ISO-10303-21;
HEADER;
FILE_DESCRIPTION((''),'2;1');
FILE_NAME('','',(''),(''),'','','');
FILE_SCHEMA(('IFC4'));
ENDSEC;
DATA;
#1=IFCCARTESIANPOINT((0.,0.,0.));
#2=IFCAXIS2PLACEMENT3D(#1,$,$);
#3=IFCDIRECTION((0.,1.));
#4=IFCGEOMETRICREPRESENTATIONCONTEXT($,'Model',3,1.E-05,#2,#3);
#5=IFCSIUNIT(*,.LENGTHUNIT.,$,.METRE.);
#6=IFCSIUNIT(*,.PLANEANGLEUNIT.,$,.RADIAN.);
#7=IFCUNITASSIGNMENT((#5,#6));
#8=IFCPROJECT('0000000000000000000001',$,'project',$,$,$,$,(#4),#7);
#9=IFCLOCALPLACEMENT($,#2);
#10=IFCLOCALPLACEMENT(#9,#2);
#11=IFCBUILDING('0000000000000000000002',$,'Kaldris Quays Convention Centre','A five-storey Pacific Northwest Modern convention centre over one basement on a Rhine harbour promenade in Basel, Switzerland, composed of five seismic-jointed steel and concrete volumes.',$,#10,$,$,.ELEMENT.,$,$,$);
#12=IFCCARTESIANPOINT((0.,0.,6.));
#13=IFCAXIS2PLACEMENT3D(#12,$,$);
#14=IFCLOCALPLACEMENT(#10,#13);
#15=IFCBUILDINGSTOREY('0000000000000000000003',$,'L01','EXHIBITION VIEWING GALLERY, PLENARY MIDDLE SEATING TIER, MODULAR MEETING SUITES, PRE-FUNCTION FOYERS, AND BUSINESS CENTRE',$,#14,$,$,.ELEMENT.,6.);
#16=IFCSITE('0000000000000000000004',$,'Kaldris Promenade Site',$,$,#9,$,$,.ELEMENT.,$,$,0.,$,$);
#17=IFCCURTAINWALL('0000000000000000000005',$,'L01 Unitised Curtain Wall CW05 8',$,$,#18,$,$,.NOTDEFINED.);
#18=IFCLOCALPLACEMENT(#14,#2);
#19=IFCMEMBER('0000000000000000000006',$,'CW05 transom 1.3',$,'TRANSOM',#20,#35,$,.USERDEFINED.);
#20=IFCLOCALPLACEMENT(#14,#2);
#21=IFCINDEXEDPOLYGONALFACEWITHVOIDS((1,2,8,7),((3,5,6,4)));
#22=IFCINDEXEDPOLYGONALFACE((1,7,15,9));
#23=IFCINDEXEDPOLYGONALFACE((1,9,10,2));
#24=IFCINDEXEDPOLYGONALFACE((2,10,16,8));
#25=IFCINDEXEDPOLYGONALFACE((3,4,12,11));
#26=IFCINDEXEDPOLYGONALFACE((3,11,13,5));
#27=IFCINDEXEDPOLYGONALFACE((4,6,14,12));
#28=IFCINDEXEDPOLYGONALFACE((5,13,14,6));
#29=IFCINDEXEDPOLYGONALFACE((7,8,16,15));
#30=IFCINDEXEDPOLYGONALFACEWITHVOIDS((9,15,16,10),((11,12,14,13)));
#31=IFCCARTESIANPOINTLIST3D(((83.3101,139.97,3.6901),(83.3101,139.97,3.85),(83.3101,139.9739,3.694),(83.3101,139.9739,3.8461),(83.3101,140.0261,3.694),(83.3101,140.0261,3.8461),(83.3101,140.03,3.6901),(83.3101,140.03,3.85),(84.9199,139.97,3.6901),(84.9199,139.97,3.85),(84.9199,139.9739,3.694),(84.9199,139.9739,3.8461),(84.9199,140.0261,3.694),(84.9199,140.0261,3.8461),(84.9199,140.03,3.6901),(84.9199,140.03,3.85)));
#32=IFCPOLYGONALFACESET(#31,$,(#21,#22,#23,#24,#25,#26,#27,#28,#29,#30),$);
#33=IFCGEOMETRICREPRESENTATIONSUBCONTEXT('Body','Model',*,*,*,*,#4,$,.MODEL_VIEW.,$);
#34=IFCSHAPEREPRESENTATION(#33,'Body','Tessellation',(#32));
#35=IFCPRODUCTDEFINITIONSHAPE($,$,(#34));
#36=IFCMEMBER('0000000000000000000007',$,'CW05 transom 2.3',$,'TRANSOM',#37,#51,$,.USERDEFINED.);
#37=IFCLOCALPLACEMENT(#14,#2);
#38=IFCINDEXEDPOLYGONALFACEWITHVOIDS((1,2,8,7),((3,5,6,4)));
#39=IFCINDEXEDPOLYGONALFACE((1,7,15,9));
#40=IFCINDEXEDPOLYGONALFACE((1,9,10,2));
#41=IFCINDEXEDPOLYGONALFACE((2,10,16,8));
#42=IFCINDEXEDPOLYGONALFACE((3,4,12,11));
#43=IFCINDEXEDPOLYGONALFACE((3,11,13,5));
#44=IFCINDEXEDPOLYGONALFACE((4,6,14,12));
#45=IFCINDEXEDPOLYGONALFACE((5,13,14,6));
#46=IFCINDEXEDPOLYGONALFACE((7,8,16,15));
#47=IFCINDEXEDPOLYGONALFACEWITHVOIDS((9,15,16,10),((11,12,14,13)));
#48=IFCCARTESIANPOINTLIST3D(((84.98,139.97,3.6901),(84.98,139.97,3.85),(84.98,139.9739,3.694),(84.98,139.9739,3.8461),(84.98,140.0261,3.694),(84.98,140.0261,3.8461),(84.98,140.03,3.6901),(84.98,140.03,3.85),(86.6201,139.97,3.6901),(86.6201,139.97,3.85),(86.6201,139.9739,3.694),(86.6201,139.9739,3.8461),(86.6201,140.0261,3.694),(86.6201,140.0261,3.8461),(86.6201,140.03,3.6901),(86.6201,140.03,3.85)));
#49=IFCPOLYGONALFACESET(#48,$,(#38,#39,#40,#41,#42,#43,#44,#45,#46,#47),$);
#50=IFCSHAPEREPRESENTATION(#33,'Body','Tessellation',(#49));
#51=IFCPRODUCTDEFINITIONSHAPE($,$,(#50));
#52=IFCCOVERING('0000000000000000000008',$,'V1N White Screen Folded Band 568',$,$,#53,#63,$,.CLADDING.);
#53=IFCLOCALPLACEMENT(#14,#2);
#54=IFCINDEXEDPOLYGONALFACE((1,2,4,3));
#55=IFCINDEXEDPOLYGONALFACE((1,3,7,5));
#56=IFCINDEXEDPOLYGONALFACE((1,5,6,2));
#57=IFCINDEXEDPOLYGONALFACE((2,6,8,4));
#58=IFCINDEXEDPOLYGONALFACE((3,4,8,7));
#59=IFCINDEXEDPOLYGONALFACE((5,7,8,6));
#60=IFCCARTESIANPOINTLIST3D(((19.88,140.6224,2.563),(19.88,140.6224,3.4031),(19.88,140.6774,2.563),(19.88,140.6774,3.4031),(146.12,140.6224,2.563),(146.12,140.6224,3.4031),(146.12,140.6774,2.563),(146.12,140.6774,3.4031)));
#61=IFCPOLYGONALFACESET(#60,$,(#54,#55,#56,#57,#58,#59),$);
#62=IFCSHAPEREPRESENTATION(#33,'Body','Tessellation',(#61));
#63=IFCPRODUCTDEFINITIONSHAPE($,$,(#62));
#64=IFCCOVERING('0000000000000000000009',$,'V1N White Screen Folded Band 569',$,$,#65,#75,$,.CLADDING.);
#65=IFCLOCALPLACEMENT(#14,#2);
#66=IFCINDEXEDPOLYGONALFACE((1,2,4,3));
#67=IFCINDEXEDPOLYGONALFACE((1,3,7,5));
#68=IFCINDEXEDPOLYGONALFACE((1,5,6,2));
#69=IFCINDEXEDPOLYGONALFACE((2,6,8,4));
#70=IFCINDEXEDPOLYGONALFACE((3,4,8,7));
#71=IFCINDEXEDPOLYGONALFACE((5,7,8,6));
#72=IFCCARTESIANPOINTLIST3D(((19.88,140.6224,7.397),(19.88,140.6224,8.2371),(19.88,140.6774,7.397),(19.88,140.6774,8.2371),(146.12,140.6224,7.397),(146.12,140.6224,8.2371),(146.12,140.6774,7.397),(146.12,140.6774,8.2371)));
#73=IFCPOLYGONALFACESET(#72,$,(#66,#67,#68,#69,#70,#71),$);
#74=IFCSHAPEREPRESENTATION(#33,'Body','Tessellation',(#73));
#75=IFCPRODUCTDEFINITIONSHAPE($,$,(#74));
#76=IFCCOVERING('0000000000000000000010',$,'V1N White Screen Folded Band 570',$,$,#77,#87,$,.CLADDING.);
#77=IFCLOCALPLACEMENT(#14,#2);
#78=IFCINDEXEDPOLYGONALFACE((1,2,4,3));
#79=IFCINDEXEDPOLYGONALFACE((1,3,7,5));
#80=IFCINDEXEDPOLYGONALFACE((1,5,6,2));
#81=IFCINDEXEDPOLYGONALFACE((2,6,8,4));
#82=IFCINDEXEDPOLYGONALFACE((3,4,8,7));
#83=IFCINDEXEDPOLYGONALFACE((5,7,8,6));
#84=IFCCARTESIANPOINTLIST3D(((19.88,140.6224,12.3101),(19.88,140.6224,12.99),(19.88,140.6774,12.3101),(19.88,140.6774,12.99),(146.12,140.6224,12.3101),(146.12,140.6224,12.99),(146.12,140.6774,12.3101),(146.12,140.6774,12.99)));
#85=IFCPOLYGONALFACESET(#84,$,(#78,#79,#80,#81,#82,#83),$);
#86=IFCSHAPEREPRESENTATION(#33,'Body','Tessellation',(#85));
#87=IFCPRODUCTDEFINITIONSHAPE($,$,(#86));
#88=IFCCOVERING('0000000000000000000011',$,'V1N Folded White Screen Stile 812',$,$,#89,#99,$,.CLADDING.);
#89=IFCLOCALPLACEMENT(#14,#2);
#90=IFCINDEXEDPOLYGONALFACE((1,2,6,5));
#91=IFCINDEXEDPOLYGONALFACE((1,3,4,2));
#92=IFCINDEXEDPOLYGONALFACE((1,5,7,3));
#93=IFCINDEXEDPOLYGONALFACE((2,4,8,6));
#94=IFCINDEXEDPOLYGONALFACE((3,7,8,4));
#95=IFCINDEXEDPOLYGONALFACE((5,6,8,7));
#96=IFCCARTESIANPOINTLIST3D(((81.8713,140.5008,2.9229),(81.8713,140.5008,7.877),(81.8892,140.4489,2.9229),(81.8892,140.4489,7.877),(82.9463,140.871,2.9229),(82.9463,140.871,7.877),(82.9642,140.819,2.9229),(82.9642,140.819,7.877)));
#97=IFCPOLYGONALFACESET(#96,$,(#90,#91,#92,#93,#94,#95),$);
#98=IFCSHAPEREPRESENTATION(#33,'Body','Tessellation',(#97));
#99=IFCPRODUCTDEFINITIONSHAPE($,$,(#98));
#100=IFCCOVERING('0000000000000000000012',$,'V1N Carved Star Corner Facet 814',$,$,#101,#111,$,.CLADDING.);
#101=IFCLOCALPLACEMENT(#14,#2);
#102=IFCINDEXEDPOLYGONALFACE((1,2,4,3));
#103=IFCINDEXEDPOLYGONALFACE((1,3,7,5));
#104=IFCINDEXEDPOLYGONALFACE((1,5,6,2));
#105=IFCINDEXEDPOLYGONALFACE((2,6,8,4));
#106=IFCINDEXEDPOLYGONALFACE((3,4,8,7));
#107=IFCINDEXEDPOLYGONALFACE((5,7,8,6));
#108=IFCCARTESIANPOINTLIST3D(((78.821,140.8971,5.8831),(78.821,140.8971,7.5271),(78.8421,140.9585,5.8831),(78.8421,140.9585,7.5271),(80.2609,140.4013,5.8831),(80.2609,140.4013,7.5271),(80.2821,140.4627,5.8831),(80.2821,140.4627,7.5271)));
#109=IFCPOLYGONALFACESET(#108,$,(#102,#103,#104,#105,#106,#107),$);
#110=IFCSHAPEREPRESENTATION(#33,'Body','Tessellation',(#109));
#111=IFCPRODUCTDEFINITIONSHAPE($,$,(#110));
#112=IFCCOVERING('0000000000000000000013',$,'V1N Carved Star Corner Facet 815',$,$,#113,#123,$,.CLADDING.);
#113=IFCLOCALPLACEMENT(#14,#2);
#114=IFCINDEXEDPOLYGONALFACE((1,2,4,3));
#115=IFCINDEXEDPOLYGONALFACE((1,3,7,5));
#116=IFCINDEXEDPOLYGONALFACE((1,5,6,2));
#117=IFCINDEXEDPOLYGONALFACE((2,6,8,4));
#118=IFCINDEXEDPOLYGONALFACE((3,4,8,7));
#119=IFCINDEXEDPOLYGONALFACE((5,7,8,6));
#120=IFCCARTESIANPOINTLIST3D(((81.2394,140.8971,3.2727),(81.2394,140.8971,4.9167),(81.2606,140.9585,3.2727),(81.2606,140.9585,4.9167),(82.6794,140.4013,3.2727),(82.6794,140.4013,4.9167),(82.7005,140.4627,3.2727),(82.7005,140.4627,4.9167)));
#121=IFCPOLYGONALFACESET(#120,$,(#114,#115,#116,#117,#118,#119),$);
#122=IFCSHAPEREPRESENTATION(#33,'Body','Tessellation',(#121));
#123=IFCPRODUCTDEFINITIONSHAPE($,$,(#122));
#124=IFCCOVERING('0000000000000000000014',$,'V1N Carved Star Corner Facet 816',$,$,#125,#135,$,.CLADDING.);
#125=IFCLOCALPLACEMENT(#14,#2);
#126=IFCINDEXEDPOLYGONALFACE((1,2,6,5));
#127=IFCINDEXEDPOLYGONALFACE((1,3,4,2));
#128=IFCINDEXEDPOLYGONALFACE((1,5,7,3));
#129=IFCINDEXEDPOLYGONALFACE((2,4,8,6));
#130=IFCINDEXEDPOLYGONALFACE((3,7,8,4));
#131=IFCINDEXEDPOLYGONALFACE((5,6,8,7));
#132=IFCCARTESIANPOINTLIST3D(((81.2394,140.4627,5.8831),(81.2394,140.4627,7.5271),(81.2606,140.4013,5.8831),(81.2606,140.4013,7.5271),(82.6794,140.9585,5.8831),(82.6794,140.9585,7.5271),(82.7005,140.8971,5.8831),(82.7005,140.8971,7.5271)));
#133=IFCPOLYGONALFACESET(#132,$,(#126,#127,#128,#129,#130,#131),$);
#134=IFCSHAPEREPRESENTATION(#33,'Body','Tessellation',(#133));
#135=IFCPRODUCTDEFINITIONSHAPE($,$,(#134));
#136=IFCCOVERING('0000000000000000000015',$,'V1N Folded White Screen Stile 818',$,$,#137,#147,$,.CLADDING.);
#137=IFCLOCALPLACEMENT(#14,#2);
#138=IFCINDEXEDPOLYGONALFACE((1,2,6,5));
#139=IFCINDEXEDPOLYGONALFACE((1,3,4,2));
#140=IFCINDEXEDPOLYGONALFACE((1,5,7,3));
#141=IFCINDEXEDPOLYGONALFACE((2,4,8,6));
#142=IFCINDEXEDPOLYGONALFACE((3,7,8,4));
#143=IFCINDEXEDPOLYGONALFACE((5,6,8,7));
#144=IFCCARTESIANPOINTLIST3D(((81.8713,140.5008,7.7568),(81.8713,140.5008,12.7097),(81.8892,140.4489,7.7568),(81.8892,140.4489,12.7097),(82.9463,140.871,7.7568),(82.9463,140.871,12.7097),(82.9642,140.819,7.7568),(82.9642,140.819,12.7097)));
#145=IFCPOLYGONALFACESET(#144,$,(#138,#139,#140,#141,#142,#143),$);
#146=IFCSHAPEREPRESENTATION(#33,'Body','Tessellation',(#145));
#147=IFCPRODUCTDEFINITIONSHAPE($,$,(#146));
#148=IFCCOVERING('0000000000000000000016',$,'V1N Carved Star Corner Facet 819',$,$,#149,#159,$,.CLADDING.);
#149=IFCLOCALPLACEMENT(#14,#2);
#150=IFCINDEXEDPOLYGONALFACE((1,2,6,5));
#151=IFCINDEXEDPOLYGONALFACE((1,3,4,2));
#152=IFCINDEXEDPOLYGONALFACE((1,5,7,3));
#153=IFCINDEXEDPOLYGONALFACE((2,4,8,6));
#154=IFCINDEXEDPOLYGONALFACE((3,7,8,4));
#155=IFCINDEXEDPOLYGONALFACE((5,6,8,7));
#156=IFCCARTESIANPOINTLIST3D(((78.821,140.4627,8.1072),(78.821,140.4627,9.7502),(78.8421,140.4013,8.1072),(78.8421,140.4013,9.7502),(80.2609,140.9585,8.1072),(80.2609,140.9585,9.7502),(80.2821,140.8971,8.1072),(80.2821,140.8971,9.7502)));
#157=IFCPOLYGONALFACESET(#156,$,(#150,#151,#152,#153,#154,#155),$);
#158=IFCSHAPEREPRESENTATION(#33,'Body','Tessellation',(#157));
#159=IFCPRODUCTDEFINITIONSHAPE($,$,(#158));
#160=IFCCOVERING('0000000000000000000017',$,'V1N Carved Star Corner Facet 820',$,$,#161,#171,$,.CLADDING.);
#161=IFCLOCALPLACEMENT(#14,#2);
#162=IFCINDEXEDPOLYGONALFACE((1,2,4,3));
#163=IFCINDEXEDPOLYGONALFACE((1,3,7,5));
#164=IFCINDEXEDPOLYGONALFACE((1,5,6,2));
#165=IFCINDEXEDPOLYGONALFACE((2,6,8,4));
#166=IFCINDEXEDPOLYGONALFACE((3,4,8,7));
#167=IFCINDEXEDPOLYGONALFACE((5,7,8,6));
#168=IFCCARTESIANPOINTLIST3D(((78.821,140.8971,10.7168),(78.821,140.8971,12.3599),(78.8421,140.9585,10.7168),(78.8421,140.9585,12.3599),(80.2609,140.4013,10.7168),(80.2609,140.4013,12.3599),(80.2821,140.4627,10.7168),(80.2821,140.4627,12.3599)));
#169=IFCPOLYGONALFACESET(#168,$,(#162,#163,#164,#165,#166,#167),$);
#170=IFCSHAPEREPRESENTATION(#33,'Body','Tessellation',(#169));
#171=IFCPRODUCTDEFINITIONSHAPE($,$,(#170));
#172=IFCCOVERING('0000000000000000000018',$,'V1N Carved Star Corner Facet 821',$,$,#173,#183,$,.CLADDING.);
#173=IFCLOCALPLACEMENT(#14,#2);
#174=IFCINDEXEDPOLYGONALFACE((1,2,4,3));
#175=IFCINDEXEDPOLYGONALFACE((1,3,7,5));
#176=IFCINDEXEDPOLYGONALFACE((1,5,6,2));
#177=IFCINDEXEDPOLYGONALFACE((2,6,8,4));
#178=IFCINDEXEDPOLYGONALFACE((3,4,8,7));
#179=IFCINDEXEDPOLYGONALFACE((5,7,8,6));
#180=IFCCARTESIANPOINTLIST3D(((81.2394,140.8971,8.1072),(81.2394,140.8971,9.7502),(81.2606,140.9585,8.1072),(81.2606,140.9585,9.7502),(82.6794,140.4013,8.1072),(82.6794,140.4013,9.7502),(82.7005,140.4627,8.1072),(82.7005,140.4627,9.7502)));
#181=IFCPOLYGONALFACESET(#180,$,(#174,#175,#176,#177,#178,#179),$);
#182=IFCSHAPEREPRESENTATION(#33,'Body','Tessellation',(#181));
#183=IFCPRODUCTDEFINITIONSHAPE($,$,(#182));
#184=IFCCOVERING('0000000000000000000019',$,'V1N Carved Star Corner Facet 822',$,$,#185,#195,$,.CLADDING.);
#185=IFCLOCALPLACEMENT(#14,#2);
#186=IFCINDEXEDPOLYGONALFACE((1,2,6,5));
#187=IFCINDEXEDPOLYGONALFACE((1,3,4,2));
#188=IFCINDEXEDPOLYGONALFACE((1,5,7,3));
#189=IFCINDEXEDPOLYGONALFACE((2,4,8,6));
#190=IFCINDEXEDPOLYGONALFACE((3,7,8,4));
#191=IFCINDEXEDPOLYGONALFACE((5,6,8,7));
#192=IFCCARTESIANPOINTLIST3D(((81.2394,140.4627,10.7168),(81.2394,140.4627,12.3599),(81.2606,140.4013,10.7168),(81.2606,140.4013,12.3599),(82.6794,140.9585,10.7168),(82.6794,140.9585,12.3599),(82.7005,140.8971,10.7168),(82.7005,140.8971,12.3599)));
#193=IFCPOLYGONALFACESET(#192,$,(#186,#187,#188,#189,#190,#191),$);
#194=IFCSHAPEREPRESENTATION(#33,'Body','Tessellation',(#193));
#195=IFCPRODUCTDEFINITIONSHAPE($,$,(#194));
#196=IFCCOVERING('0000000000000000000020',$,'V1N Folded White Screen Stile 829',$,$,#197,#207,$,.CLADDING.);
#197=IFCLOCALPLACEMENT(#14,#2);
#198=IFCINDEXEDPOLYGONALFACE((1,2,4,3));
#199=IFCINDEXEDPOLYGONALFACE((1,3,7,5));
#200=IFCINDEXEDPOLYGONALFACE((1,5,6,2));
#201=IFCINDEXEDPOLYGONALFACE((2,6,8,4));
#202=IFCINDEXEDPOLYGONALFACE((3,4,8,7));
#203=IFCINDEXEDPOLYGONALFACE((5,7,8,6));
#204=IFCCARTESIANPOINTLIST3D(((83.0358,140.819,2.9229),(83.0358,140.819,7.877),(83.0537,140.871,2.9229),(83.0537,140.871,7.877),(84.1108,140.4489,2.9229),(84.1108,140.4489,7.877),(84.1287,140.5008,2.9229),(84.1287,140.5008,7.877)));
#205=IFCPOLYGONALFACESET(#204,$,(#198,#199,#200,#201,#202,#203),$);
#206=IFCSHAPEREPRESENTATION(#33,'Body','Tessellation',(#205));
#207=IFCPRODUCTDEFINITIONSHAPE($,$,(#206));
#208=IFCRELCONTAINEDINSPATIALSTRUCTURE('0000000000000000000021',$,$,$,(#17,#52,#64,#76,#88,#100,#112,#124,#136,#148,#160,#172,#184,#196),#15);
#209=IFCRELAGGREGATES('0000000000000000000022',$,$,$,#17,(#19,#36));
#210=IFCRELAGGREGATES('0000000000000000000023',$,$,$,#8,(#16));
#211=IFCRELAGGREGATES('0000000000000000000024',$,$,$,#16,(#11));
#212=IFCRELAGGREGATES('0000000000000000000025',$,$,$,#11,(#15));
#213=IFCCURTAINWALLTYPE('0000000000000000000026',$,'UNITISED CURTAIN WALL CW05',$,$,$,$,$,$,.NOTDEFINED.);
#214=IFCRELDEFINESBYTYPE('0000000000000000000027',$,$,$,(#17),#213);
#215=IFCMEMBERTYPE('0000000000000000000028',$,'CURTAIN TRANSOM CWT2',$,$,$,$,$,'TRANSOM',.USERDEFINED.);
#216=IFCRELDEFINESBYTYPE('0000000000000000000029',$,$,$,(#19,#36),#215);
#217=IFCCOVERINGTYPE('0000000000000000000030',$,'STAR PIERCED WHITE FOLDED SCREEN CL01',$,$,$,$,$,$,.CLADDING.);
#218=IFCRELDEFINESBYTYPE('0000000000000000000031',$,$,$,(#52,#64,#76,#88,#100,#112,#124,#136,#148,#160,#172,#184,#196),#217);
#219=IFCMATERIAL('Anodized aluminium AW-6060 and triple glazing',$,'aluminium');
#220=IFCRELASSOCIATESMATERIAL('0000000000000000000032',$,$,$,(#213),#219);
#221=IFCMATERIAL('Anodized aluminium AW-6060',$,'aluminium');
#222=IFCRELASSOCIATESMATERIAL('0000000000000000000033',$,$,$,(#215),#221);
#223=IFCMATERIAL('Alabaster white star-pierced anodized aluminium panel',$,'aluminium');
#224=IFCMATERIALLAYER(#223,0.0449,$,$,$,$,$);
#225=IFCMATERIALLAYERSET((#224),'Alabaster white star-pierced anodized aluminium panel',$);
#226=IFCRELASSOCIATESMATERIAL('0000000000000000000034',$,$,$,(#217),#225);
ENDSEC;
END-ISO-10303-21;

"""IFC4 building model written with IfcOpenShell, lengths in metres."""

from ifc_helpers import new_model, si_unit, direction, frame, origin, origin_2d, place, context, subcontext, project, spatial, rectangle, hollow_rectangle, extrude, material, layer, layer_set, material_profile, profile_set, type_object, element, aggregate, save


model = new_model("IFC4")

# Units and contexts
model_context = context("Model", 3, precision=1e-05, world=origin(), true_north=direction((0.0, 1.0)))
body_context = subcontext(model_context, "Body", "Model", "MODEL_VIEW")
ifc_project = project(units=[si_unit("LENGTHUNIT", "METRE"), si_unit("PLANEANGLEUNIT", "RADIAN")], contexts=[model_context])

# Site, building, storey
site_placement = place(None, origin())
site = spatial("IfcSite", under=ifc_project, at=site_placement, Name="Kaldris Promenade Site", CompositionType="ELEMENT", RefElevation=0.0)
building_placement = place(site_placement, origin())
building = spatial("IfcBuilding", under=site, at=building_placement, Name="Kaldris Quays Convention Centre", Description="A five-storey Pacific Northwest Modern convention centre over one basement on a Rhine harbour promenade in Basel, Switzerland, composed of five seismic-jointed steel and concrete volumes.", CompositionType="ELEMENT")
storey_placement = place(building_placement, frame((0.0, 0.0, 6.0)))
storey = spatial("IfcBuildingStorey", under=building, at=storey_placement, Name="L01", Description="EXHIBITION VIEWING GALLERY, PLENARY MIDDLE SEATING TIER, MODULAR MEETING SUITES, PRE-FUNCTION FOYERS, AND BUSINESS CENTRE", CompositionType="ELEMENT", Elevation=6.0)

# Curtain wall, members
ifc_material_1 = material(Name="Anodized aluminium AW-6060 and triple glazing", Category="aluminium")
curtain_wall_type = type_object("IfcCurtainWallType", Name="UNITISED CURTAIN WALL CW05", PredefinedType="NOTDEFINED", material=ifc_material_1)
curtain_wall_placement = place(storey_placement, origin())
curtain_wall = element("IfcCurtainWall", 1, at=curtain_wall_placement, inside=storey, type_object=curtain_wall_type, Name="L01 Unitised Curtain Wall CW05 8", PredefinedType="NOTDEFINED")
ifc_material_2 = material(Name="Anodized aluminium AW-6060", Category="aluminium")
ifc_material_profile = material_profile(ifc_material_2, hollow_rectangle(XDim=0.0601, YDim=0.1599, WallThickness=0.0039, at=origin_2d()), Name="RHS 160x60x4")
ifc_profile_set = profile_set([ifc_material_profile], Name="Anodized aluminium AW-6060")
member_type = type_object("IfcMemberType", Name="CURTAIN TRANSOM CWT2", ElementType="TRANSOM", PredefinedType="USERDEFINED", material=ifc_profile_set)
member_1_placement = place(storey_placement, frame((83.3101, 140.0, 3.77), z_axis=(1.0, 0.0, 0.0), x_axis=(0.0, 1.0, 0.0)))
member_1 = element("IfcMember", 2, at=member_1_placement, type_object=member_type, Name="CW05 transom 1.3", ObjectType="TRANSOM", PredefinedType="USERDEFINED", context=body_context, shape_type="SweptSolid", body=[
    extrude(hollow_rectangle(XDim=0.0601, YDim=0.1599, WallThickness=0.0039, at=origin_2d()), origin(), (0.0, 0.0, 1.0), 1.6099),
])
member_2_placement = place(storey_placement, frame((84.98, 140.0, 3.77), z_axis=(1.0, 0.0, 0.0), x_axis=(0.0, 1.0, 0.0)))
member_2 = element("IfcMember", 3, at=member_2_placement, type_object=member_type, Name="CW05 transom 2.3", ObjectType="TRANSOM", PredefinedType="USERDEFINED", context=body_context, shape_type="SweptSolid", body=[
    extrude(hollow_rectangle(XDim=0.0601, YDim=0.1599, WallThickness=0.0039, at=origin_2d()), origin(), (0.0, 0.0, 1.0), 1.6401),
])
aggregate(curtain_wall, [member_1, member_2])

# Coverings
ifc_material_3 = material(Name="Alabaster white star-pierced anodized aluminium panel", Category="aluminium")
ifc_layer = layer(ifc_material_3, 0.0449)
ifc_layer_set = layer_set([ifc_layer], Name="Alabaster white star-pierced anodized aluminium panel")
covering_type = type_object("IfcCoveringType", Name="STAR PIERCED WHITE FOLDED SCREEN CL01", PredefinedType="CLADDING", material=ifc_layer_set)
for number, where, z_axis, x_axis, name in (
    (4, (83.0, 140.6499, 2.563), (0.0, 0.0, 1.0), (1.0, 0.0, 0.0), "V1N White Screen Folded Band 568"),
    (5, (83.0, 140.6499, 7.397), (0.0, 0.0, 1.0), (1.0, 0.0, 0.0), "V1N White Screen Folded Band 569"),
):
    element("IfcCovering", number, at=place(storey_placement, frame(where, z_axis=z_axis, x_axis=x_axis)), inside=storey, type_object=covering_type, Name=name, PredefinedType="CLADDING", context=body_context, shape_type="SweptSolid", body=[
        extrude(rectangle(XDim=126.24, YDim=0.0549, at=origin_2d()), origin(), (0.0, 0.0, 1.0), 0.8401),
    ])
covering_1_placement = place(storey_placement, frame((83.0, 140.6499, 12.3101), z_axis=(0.0, 0.0, 1.0), x_axis=(1.0, 0.0, 0.0)))
element("IfcCovering", 6, at=covering_1_placement, inside=storey, type_object=covering_type, Name="V1N White Screen Folded Band 570", PredefinedType="CLADDING", context=body_context, shape_type="SweptSolid", body=[
    extrude(rectangle(XDim=126.24, YDim=0.0549, at=origin_2d()), origin(), (0.0, 0.0, 1.0), 0.6799),
])
covering_2_placement = place(storey_placement, frame((82.4177, 140.6599, 2.9229), z_axis=(0.0, 0.0, 1.0), x_axis=(0.945519, 0.325568, 0.0)))
element("IfcCovering", 7, at=covering_2_placement, inside=storey, type_object=covering_type, Name="V1N Folded White Screen Stile 812", PredefinedType="CLADDING", context=body_context, shape_type="SweptSolid", body=[
    extrude(rectangle(XDim=1.137, YDim=0.0549, at=origin_2d()), origin(), (0.0, 0.0, 1.0), 4.9541),
])
for number, where, z_axis, x_axis, name in (
    (8, (79.5515, 140.6799, 5.8831), (0.0, 0.0, 1.0), (0.945519, -0.325568, 0.0), "V1N Carved Star Corner Facet 814"),
    (9, (81.97, 140.6799, 3.2727), (0.0, 0.0, 1.0), (0.945519, -0.325568, 0.0), "V1N Carved Star Corner Facet 815"),
    (10, (81.97, 140.6799, 5.8831), (0.0, 0.0, 1.0), (0.945519, 0.325568, 0.0), "V1N Carved Star Corner Facet 816"),
):
    element("IfcCovering", number, at=place(storey_placement, frame(where, z_axis=z_axis, x_axis=x_axis)), inside=storey, type_object=covering_type, Name=name, PredefinedType="CLADDING", context=body_context, shape_type="SweptSolid", body=[
        extrude(rectangle(XDim=1.5229, YDim=0.0649, at=origin_2d()), origin(), (0.0, 0.0, 1.0), 1.644),
    ])
covering_3_placement = place(storey_placement, frame((82.4177, 140.6599, 7.7568), z_axis=(0.0, 0.0, 1.0), x_axis=(0.945519, 0.325568, 0.0)))
element("IfcCovering", 11, at=covering_3_placement, inside=storey, type_object=covering_type, Name="V1N Folded White Screen Stile 818", PredefinedType="CLADDING", context=body_context, shape_type="SweptSolid", body=[
    extrude(rectangle(XDim=1.137, YDim=0.0549, at=origin_2d()), origin(), (0.0, 0.0, 1.0), 4.9529),
])
for number, where, z_axis, x_axis, name in (
    (12, (79.5515, 140.6799, 8.1072), (0.0, 0.0, 1.0), (0.945519, 0.325568, 0.0), "V1N Carved Star Corner Facet 819"),
    (13, (79.5515, 140.6799, 10.7168), (0.0, 0.0, 1.0), (0.945519, -0.325568, 0.0), "V1N Carved Star Corner Facet 820"),
    (14, (81.97, 140.6799, 8.1072), (0.0, 0.0, 1.0), (0.945519, -0.325568, 0.0), "V1N Carved Star Corner Facet 821"),
    (15, (81.97, 140.6799, 10.7168), (0.0, 0.0, 1.0), (0.945519, 0.325568, 0.0), "V1N Carved Star Corner Facet 822"),
):
    element("IfcCovering", number, at=place(storey_placement, frame(where, z_axis=z_axis, x_axis=x_axis)), inside=storey, type_object=covering_type, Name=name, PredefinedType="CLADDING", context=body_context, shape_type="SweptSolid", body=[
        extrude(rectangle(XDim=1.5229, YDim=0.0649, at=origin_2d()), origin(), (0.0, 0.0, 1.0), 1.6431),
    ])
covering_4_placement = place(storey_placement, frame((83.5823, 140.6599, 2.9229), z_axis=(0.0, 0.0, 1.0), x_axis=(0.945519, -0.325568, 0.0)))
element("IfcCovering", 16, at=covering_4_placement, inside=storey, type_object=covering_type, Name="V1N Folded White Screen Stile 829", PredefinedType="CLADDING", context=body_context, shape_type="SweptSolid", body=[
    extrude(rectangle(XDim=1.137, YDim=0.0549, at=origin_2d()), origin(), (0.0, 0.0, 1.0), 4.9541),
])

save(model, "model.ifc")
